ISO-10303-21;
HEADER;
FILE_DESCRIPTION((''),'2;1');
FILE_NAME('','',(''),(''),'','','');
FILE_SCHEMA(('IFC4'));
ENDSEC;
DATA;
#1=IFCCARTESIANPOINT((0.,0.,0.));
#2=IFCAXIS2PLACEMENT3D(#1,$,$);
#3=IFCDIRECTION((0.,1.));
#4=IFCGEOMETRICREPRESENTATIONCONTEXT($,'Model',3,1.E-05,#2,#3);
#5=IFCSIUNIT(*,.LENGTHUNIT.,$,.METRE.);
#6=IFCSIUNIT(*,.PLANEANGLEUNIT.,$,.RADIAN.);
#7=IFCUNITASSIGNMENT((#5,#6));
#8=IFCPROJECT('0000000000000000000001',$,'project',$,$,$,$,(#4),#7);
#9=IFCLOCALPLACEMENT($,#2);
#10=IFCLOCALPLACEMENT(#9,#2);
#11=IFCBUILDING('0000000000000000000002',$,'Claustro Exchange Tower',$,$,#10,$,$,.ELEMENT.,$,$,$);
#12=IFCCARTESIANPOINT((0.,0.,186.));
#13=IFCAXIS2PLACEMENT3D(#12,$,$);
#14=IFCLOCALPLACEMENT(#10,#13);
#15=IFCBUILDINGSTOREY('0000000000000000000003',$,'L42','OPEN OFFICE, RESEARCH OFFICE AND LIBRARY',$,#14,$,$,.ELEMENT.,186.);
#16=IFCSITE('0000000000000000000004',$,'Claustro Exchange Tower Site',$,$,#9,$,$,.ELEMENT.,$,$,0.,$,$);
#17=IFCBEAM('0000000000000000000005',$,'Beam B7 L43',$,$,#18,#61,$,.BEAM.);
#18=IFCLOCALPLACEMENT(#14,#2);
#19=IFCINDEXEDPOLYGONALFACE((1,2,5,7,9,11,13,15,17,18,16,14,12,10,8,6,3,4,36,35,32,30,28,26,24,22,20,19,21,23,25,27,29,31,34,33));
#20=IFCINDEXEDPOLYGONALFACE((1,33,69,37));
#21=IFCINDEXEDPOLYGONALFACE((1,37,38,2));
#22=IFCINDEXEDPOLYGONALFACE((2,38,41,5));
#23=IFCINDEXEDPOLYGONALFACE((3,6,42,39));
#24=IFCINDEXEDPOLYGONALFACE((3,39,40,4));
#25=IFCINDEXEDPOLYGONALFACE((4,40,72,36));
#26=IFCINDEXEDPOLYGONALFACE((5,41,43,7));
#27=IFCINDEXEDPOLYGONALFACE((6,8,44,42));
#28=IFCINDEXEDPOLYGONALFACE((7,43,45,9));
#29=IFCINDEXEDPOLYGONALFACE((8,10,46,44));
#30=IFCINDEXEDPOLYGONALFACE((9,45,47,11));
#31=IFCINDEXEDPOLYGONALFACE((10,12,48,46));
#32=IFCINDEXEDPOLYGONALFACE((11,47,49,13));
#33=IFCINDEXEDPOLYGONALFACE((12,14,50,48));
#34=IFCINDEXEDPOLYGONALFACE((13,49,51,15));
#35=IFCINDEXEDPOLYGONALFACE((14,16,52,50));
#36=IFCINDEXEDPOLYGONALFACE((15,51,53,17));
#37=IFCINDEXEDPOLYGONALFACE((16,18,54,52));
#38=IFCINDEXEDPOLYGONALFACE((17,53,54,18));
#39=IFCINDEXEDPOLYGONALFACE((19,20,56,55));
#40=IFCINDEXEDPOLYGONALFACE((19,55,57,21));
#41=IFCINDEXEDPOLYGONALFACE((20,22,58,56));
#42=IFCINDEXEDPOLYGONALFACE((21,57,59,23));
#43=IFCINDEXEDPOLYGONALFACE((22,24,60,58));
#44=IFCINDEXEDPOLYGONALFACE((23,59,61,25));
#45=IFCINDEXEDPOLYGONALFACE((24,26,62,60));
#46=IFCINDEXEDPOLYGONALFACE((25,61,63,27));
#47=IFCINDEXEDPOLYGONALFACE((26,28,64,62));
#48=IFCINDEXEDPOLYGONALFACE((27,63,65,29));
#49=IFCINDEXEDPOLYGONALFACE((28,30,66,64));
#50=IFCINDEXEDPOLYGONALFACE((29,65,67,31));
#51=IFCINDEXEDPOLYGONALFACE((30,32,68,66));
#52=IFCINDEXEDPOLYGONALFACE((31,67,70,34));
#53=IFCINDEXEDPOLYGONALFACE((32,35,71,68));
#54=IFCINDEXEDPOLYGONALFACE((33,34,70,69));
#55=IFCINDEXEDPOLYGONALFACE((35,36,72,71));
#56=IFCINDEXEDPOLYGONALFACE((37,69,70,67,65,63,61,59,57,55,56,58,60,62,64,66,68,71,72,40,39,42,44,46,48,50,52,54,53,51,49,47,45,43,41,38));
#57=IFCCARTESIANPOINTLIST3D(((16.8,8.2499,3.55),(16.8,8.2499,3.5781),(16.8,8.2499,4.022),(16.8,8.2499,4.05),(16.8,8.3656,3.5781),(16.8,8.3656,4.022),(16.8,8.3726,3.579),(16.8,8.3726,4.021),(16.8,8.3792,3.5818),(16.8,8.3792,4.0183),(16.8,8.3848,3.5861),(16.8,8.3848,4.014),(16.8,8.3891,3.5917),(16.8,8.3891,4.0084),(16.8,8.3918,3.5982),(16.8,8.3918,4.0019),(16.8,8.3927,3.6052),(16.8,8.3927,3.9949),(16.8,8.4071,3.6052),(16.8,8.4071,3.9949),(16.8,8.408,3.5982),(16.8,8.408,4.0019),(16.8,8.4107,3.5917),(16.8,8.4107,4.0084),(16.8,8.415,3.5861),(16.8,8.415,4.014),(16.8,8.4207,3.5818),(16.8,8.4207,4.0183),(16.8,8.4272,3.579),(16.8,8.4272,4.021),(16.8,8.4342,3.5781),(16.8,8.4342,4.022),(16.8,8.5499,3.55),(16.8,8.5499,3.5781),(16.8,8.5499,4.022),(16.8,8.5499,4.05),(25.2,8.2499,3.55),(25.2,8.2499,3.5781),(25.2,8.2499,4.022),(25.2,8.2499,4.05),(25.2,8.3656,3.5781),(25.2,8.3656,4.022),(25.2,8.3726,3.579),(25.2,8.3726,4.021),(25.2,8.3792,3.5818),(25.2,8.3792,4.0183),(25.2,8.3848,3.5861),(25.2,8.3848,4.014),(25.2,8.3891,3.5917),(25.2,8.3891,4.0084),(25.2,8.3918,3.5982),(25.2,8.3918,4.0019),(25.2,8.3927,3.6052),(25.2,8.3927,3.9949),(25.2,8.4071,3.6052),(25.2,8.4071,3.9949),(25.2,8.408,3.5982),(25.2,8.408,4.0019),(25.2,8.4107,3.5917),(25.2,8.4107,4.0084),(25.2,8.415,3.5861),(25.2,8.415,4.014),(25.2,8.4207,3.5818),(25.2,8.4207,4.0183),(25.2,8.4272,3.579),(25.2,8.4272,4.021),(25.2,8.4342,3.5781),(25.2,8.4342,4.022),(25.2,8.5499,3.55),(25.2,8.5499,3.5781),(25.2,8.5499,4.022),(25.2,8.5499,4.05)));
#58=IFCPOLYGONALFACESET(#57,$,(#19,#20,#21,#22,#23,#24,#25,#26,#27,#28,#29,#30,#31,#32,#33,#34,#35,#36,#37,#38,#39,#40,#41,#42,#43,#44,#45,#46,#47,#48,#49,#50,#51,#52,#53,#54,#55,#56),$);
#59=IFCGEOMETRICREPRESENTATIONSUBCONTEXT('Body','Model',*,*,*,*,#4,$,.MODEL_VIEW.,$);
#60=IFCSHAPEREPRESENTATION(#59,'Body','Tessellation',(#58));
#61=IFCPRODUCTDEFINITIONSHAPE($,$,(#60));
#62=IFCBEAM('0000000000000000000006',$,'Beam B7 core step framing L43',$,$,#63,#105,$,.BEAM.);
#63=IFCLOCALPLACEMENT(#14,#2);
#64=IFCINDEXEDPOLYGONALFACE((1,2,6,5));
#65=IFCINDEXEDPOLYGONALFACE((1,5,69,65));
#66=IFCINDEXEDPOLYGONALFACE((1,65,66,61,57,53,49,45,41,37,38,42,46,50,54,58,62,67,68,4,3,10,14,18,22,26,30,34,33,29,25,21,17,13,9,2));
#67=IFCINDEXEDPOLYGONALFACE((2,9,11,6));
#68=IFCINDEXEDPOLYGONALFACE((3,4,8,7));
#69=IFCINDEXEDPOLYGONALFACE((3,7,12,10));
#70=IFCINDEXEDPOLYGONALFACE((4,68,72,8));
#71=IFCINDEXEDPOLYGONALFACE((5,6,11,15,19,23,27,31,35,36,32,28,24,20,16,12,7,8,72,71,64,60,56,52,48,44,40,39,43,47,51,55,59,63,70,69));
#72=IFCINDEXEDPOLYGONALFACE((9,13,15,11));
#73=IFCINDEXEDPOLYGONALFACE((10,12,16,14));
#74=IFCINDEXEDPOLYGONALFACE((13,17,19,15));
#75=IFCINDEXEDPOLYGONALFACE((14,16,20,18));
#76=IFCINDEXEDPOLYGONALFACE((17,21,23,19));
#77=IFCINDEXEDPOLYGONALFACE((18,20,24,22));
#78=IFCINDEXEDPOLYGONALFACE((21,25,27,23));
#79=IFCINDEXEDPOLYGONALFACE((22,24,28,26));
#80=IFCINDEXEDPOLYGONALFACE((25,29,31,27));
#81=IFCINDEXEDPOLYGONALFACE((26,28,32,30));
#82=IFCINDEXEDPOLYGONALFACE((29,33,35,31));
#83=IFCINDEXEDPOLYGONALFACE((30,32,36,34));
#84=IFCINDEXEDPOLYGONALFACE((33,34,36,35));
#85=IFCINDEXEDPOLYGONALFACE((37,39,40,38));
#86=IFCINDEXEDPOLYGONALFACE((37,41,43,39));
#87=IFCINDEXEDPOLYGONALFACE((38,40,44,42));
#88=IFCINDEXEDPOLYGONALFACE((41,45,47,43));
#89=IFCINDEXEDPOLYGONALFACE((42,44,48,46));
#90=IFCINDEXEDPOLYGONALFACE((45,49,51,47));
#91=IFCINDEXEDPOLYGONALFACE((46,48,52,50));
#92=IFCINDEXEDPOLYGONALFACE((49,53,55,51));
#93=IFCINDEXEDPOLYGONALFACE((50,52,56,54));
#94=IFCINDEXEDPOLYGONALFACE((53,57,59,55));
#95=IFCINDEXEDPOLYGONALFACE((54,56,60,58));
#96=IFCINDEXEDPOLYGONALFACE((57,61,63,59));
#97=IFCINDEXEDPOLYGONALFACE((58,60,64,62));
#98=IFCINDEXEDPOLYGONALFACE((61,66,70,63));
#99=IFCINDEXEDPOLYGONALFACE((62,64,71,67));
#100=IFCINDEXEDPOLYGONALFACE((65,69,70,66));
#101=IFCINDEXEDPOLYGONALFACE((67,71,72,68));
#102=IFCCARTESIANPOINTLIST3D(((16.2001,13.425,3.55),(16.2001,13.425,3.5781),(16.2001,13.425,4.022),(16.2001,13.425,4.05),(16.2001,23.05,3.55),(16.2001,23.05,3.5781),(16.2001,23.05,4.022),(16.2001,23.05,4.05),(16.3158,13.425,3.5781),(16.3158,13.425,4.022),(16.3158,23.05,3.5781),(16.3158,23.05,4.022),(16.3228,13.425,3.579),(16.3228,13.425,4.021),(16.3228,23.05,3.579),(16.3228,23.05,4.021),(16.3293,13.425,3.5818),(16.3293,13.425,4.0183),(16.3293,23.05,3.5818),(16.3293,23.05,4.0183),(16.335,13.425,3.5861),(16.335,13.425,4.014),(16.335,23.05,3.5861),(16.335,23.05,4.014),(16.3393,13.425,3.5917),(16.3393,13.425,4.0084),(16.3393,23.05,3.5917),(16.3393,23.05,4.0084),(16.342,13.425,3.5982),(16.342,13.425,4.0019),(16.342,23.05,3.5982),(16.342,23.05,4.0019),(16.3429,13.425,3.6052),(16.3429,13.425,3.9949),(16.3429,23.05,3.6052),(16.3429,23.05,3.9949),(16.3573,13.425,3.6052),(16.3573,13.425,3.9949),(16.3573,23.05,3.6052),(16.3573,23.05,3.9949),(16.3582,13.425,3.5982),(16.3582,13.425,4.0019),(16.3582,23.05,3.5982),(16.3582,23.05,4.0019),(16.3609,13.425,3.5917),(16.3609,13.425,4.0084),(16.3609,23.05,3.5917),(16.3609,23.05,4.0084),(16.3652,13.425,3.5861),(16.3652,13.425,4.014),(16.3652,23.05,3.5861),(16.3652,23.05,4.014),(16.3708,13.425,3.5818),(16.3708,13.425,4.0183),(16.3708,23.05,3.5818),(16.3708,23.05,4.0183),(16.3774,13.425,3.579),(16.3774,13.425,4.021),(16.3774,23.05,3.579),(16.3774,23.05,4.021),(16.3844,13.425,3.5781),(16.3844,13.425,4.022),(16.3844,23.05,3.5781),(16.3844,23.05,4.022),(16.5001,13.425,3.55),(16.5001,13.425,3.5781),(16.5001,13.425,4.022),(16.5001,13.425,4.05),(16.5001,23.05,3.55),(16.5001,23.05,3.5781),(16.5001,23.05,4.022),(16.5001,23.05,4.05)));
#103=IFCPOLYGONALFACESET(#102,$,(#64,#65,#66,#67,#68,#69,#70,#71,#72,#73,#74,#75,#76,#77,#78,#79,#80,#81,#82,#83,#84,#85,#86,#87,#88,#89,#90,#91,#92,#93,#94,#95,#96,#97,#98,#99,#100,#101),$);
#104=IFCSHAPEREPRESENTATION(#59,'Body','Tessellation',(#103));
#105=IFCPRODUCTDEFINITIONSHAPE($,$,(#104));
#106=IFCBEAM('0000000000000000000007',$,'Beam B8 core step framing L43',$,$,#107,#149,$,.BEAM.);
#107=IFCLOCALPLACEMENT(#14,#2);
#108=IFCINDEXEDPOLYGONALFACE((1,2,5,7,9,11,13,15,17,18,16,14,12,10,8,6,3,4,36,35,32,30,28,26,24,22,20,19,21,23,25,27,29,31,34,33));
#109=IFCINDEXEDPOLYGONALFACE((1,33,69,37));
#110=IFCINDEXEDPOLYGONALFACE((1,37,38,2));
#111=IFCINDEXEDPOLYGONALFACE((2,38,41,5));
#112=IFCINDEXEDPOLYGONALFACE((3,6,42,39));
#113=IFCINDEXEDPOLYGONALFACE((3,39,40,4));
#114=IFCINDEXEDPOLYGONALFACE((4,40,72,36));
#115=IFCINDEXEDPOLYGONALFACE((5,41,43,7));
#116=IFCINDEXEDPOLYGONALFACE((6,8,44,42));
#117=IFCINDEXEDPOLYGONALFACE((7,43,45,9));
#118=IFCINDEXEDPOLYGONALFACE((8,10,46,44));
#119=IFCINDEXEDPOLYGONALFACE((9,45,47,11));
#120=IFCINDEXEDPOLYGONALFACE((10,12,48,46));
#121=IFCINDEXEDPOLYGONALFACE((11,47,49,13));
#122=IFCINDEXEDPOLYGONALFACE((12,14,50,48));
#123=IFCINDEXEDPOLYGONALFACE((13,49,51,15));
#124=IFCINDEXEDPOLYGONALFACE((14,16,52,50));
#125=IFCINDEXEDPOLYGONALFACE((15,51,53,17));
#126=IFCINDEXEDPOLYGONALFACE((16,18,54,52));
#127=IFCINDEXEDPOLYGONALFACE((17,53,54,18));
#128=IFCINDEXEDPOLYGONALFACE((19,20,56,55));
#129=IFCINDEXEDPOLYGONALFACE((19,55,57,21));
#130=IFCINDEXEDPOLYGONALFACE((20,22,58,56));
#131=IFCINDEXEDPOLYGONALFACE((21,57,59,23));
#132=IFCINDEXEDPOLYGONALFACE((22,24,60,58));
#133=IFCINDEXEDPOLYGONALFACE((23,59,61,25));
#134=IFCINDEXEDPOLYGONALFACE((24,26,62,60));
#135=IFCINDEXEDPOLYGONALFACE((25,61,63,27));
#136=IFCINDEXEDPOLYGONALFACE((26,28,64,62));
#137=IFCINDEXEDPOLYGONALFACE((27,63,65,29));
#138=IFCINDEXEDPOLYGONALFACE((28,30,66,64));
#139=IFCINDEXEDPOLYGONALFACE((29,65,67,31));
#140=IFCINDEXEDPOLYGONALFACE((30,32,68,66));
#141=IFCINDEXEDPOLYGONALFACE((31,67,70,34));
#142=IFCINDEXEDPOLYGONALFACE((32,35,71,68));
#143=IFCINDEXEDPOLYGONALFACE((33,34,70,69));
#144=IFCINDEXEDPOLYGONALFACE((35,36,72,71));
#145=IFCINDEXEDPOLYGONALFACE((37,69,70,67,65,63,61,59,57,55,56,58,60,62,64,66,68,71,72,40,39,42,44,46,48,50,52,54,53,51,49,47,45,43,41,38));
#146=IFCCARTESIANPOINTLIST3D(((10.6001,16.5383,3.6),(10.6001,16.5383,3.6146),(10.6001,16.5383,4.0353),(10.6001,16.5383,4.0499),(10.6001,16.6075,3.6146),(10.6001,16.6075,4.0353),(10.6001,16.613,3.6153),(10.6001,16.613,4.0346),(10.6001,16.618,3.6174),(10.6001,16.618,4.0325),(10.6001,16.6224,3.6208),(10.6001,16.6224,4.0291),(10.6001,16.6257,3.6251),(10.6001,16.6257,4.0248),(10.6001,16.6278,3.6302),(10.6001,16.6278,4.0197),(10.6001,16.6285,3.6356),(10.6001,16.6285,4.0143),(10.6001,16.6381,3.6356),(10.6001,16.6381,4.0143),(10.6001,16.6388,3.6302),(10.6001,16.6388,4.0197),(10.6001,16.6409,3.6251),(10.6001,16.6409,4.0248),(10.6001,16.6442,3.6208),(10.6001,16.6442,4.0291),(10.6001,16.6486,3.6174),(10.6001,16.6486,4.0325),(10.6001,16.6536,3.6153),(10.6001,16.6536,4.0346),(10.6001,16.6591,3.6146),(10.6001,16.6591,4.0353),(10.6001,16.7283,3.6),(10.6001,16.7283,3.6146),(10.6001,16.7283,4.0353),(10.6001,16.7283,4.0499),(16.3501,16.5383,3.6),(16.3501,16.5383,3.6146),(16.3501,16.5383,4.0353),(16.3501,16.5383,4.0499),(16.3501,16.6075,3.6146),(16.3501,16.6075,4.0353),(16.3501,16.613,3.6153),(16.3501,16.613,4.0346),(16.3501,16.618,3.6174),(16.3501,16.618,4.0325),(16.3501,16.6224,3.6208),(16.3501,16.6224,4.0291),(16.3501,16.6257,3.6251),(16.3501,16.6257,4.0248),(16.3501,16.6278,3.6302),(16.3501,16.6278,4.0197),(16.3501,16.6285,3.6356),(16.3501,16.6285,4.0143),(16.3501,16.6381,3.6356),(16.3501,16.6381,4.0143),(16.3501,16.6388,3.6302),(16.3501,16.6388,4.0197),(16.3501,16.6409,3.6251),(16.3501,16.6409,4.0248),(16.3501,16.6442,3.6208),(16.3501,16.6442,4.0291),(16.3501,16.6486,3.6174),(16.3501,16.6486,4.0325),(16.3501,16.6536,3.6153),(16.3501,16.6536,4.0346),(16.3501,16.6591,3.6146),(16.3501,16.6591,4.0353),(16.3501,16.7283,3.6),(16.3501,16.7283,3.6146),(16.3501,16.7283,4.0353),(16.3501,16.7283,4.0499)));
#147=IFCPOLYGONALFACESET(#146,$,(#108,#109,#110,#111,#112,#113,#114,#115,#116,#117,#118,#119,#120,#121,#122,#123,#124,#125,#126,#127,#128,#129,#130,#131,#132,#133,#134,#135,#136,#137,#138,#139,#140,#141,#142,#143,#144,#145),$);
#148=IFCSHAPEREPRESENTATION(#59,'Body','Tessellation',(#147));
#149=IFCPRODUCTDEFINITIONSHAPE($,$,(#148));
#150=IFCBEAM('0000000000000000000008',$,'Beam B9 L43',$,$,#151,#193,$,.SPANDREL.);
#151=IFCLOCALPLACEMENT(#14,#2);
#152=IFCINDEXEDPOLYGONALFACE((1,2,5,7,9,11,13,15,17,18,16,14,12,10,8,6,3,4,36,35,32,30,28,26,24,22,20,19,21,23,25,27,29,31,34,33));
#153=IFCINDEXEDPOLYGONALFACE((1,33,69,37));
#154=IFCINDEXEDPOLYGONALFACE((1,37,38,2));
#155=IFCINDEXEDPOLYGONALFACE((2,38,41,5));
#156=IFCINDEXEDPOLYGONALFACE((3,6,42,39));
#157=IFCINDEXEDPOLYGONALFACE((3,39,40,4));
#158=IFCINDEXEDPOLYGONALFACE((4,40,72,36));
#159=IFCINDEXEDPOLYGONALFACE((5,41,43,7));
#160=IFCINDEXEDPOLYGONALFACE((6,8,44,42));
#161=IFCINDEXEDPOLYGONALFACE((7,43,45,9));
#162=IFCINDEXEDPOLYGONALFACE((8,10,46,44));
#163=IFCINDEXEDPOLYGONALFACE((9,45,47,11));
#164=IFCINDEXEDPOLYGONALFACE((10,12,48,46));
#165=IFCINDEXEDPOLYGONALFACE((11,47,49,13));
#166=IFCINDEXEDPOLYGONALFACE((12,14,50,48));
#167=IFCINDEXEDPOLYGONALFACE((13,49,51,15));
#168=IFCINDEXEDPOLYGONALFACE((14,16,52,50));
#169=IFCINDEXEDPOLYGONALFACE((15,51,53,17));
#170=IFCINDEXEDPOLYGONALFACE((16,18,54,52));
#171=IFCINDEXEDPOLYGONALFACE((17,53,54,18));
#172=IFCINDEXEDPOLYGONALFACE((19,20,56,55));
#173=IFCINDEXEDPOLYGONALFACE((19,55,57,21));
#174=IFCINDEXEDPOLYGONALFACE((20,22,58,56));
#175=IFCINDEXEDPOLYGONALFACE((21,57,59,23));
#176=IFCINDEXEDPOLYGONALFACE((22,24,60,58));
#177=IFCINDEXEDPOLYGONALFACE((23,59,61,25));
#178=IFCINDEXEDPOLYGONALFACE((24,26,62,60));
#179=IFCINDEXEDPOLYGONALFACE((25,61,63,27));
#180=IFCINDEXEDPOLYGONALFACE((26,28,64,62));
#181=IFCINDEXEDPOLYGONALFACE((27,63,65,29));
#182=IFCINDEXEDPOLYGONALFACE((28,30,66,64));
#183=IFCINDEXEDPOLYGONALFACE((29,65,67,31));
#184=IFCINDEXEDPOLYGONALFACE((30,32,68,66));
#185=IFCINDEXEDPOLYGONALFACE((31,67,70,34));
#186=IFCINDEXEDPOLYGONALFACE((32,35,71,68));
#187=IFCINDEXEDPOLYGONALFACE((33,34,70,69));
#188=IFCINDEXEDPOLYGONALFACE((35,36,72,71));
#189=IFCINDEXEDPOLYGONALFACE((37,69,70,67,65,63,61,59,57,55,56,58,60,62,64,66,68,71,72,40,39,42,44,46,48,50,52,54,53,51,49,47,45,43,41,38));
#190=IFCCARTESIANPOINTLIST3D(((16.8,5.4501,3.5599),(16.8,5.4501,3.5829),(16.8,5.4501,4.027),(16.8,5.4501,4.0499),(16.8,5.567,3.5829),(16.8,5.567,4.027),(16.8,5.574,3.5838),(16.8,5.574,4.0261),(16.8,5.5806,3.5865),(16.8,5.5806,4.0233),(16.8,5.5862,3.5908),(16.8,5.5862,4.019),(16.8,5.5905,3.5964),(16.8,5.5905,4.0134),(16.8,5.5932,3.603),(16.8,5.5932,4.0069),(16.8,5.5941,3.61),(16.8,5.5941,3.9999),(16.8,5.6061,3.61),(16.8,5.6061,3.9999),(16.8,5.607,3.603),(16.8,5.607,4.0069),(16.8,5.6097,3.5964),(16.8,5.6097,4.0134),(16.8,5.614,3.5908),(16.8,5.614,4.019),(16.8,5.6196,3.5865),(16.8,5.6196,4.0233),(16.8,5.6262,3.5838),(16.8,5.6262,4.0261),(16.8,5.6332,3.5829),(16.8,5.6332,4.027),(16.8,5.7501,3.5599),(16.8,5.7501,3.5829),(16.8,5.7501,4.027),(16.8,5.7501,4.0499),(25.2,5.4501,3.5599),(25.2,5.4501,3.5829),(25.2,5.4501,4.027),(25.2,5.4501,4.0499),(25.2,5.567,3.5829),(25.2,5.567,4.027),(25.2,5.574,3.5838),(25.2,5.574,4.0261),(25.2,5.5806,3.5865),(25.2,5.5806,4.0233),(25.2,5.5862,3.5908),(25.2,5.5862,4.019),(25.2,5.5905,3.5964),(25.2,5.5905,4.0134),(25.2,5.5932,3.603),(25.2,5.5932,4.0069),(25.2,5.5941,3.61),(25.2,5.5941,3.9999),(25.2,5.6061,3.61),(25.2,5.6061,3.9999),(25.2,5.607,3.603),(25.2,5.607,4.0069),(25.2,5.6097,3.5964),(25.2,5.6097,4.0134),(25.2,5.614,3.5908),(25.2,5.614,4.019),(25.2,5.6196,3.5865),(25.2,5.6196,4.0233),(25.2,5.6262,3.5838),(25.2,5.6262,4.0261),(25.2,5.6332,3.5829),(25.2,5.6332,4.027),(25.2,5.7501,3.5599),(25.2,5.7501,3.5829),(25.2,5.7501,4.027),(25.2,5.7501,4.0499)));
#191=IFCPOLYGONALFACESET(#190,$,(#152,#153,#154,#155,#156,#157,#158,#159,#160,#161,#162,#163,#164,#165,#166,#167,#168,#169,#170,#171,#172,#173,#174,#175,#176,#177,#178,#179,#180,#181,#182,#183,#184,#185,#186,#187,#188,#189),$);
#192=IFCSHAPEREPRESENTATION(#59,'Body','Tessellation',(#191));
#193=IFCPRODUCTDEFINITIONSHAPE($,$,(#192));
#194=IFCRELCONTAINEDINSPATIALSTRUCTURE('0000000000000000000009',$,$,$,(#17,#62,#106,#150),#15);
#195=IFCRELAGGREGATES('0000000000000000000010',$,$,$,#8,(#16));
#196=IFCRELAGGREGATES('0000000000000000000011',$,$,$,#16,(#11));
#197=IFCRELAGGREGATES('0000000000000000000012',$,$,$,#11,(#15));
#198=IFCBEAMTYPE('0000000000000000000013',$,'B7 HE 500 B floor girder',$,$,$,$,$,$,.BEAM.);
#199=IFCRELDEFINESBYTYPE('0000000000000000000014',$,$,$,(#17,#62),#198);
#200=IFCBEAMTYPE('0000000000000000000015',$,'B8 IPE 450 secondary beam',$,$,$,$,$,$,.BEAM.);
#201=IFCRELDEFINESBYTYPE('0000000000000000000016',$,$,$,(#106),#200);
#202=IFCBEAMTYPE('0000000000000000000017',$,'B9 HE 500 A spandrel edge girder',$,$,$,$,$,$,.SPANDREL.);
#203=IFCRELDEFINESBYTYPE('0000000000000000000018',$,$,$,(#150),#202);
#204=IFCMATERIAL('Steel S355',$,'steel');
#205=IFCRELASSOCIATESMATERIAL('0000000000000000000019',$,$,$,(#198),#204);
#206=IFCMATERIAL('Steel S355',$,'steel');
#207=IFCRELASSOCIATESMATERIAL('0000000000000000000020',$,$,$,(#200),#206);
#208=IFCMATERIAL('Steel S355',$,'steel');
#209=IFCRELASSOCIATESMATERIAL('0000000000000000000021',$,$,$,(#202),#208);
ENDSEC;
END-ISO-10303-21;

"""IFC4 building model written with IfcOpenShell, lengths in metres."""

from ifc_helpers import new_model, si_unit, direction, frame, origin, origin_2d, place, context, subcontext, project, spatial, i_section, extrude, material, material_profile, profile_set, type_object, element, save


model = new_model("IFC4")

# Units and contexts
model_context = context("Model", 3, precision=1e-05, world=origin(), true_north=direction((0.0, 1.0)))
body_context = subcontext(model_context, "Body", "Model", "MODEL_VIEW")
ifc_project = project(units=[si_unit("LENGTHUNIT", "METRE"), si_unit("PLANEANGLEUNIT", "RADIAN")], contexts=[model_context])

# Site, building, storey
site_placement = place(None, origin())
site = spatial("IfcSite", under=ifc_project, at=site_placement, Name="Claustro Exchange Tower Site", CompositionType="ELEMENT", RefElevation=0.0)
building_placement = place(site_placement, origin())
building = spatial("IfcBuilding", under=site, at=building_placement, Name="Claustro Exchange Tower", CompositionType="ELEMENT")
storey_placement = place(building_placement, frame((0.0, 0.0, 186.0)))
storey = spatial("IfcBuildingStorey", under=building, at=storey_placement, Name="L42", Description="OPEN OFFICE, RESEARCH OFFICE AND LIBRARY", CompositionType="ELEMENT", Elevation=186.0)

# Beams
ifc_material_1 = material(Name="Steel S355", Category="steel")
ifc_material_profile_1 = material_profile(ifc_material_1, i_section(OverallWidth=0.3, OverallDepth=0.5, WebThickness=0.0144, FlangeThickness=0.0281, FilletRadius=0.0271, at=origin_2d()), Name="HE 500 B")
ifc_profile_set_1 = profile_set([ifc_material_profile_1], Name="Steel S355")
beam_type_1 = type_object("IfcBeamType", Name="B7 HE 500 B floor girder", PredefinedType="BEAM", material=ifc_profile_set_1)
beam_1_placement = place(storey_placement, frame((16.8, 8.3999, 3.8), z_axis=(1.0, 0.0, 0.0), x_axis=(0.0, 1.0, 0.0)))
element("IfcBeam", 1, at=beam_1_placement, inside=storey, type_object=beam_type_1, Name="Beam B7 L43", PredefinedType="BEAM", context=body_context, shape_type="SweptSolid", body=[
    extrude(i_section(OverallWidth=0.3, OverallDepth=0.5, WebThickness=0.0144, FlangeThickness=0.0281, FilletRadius=0.0271, at=origin_2d()), origin(), (0.0, 0.0, 1.0), 8.3999),
])
beam_2_placement = place(storey_placement, frame((16.3501, 13.425, 3.8), z_axis=(0.0, 1.0, 0.0), x_axis=(-1.0, 0.0, 0.0)))
element("IfcBeam", 2, at=beam_2_placement, inside=storey, type_object=beam_type_1, Name="Beam B7 core step framing L43", PredefinedType="BEAM", context=body_context, shape_type="SweptSolid", body=[
    extrude(i_section(OverallWidth=0.3, OverallDepth=0.5, WebThickness=0.0144, FlangeThickness=0.0281, FilletRadius=0.0271, at=origin_2d()), origin(), (0.0, 0.0, 1.0), 9.625),
])
ifc_material_2 = material(Name="Steel S355", Category="steel")
ifc_material_profile_2 = material_profile(ifc_material_2, i_section(OverallWidth=0.1899, OverallDepth=0.45, WebThickness=0.0095, FlangeThickness=0.0146, FilletRadius=0.021, at=origin_2d()), Name="IPE 450")
ifc_profile_set_2 = profile_set([ifc_material_profile_2], Name="Steel S355")
beam_type_2 = type_object("IfcBeamType", Name="B8 IPE 450 secondary beam", PredefinedType="BEAM", material=ifc_profile_set_2)
beam_3_placement = place(storey_placement, frame((10.6001, 16.6333, 3.825), z_axis=(1.0, 0.0, 0.0), x_axis=(0.0, 1.0, 0.0)))
element("IfcBeam", 3, at=beam_3_placement, inside=storey, type_object=beam_type_2, Name="Beam B8 core step framing L43", PredefinedType="BEAM", context=body_context, shape_type="SweptSolid", body=[
    extrude(i_section(OverallWidth=0.1899, OverallDepth=0.45, WebThickness=0.0095, FlangeThickness=0.0146, FilletRadius=0.021, at=origin_2d()), origin(), (0.0, 0.0, 1.0), 5.75),
])
ifc_material_3 = material(Name="Steel S355", Category="steel")
ifc_material_profile_3 = material_profile(ifc_material_3, i_section(OverallWidth=0.3, OverallDepth=0.49, WebThickness=0.012, FlangeThickness=0.0229, FilletRadius=0.0271, at=origin_2d()), Name="HE 500 A")
ifc_profile_set_3 = profile_set([ifc_material_profile_3], Name="Steel S355")
beam_type_3 = type_object("IfcBeamType", Name="B9 HE 500 A spandrel edge girder", PredefinedType="SPANDREL", material=ifc_profile_set_3)
beam_4_placement = place(storey_placement, frame((16.8, 5.6001, 3.8049), z_axis=(1.0, 0.0, 0.0), x_axis=(0.0, 1.0, 0.0)))
element("IfcBeam", 4, at=beam_4_placement, inside=storey, type_object=beam_type_3, Name="Beam B9 L43", PredefinedType="SPANDREL", context=body_context, shape_type="SweptSolid", body=[
    extrude(i_section(OverallWidth=0.3, OverallDepth=0.49, WebThickness=0.012, FlangeThickness=0.0229, FilletRadius=0.0271, at=origin_2d()), origin(), (0.0, 0.0, 1.0), 8.3999),
])

save(model, "model.ifc")
